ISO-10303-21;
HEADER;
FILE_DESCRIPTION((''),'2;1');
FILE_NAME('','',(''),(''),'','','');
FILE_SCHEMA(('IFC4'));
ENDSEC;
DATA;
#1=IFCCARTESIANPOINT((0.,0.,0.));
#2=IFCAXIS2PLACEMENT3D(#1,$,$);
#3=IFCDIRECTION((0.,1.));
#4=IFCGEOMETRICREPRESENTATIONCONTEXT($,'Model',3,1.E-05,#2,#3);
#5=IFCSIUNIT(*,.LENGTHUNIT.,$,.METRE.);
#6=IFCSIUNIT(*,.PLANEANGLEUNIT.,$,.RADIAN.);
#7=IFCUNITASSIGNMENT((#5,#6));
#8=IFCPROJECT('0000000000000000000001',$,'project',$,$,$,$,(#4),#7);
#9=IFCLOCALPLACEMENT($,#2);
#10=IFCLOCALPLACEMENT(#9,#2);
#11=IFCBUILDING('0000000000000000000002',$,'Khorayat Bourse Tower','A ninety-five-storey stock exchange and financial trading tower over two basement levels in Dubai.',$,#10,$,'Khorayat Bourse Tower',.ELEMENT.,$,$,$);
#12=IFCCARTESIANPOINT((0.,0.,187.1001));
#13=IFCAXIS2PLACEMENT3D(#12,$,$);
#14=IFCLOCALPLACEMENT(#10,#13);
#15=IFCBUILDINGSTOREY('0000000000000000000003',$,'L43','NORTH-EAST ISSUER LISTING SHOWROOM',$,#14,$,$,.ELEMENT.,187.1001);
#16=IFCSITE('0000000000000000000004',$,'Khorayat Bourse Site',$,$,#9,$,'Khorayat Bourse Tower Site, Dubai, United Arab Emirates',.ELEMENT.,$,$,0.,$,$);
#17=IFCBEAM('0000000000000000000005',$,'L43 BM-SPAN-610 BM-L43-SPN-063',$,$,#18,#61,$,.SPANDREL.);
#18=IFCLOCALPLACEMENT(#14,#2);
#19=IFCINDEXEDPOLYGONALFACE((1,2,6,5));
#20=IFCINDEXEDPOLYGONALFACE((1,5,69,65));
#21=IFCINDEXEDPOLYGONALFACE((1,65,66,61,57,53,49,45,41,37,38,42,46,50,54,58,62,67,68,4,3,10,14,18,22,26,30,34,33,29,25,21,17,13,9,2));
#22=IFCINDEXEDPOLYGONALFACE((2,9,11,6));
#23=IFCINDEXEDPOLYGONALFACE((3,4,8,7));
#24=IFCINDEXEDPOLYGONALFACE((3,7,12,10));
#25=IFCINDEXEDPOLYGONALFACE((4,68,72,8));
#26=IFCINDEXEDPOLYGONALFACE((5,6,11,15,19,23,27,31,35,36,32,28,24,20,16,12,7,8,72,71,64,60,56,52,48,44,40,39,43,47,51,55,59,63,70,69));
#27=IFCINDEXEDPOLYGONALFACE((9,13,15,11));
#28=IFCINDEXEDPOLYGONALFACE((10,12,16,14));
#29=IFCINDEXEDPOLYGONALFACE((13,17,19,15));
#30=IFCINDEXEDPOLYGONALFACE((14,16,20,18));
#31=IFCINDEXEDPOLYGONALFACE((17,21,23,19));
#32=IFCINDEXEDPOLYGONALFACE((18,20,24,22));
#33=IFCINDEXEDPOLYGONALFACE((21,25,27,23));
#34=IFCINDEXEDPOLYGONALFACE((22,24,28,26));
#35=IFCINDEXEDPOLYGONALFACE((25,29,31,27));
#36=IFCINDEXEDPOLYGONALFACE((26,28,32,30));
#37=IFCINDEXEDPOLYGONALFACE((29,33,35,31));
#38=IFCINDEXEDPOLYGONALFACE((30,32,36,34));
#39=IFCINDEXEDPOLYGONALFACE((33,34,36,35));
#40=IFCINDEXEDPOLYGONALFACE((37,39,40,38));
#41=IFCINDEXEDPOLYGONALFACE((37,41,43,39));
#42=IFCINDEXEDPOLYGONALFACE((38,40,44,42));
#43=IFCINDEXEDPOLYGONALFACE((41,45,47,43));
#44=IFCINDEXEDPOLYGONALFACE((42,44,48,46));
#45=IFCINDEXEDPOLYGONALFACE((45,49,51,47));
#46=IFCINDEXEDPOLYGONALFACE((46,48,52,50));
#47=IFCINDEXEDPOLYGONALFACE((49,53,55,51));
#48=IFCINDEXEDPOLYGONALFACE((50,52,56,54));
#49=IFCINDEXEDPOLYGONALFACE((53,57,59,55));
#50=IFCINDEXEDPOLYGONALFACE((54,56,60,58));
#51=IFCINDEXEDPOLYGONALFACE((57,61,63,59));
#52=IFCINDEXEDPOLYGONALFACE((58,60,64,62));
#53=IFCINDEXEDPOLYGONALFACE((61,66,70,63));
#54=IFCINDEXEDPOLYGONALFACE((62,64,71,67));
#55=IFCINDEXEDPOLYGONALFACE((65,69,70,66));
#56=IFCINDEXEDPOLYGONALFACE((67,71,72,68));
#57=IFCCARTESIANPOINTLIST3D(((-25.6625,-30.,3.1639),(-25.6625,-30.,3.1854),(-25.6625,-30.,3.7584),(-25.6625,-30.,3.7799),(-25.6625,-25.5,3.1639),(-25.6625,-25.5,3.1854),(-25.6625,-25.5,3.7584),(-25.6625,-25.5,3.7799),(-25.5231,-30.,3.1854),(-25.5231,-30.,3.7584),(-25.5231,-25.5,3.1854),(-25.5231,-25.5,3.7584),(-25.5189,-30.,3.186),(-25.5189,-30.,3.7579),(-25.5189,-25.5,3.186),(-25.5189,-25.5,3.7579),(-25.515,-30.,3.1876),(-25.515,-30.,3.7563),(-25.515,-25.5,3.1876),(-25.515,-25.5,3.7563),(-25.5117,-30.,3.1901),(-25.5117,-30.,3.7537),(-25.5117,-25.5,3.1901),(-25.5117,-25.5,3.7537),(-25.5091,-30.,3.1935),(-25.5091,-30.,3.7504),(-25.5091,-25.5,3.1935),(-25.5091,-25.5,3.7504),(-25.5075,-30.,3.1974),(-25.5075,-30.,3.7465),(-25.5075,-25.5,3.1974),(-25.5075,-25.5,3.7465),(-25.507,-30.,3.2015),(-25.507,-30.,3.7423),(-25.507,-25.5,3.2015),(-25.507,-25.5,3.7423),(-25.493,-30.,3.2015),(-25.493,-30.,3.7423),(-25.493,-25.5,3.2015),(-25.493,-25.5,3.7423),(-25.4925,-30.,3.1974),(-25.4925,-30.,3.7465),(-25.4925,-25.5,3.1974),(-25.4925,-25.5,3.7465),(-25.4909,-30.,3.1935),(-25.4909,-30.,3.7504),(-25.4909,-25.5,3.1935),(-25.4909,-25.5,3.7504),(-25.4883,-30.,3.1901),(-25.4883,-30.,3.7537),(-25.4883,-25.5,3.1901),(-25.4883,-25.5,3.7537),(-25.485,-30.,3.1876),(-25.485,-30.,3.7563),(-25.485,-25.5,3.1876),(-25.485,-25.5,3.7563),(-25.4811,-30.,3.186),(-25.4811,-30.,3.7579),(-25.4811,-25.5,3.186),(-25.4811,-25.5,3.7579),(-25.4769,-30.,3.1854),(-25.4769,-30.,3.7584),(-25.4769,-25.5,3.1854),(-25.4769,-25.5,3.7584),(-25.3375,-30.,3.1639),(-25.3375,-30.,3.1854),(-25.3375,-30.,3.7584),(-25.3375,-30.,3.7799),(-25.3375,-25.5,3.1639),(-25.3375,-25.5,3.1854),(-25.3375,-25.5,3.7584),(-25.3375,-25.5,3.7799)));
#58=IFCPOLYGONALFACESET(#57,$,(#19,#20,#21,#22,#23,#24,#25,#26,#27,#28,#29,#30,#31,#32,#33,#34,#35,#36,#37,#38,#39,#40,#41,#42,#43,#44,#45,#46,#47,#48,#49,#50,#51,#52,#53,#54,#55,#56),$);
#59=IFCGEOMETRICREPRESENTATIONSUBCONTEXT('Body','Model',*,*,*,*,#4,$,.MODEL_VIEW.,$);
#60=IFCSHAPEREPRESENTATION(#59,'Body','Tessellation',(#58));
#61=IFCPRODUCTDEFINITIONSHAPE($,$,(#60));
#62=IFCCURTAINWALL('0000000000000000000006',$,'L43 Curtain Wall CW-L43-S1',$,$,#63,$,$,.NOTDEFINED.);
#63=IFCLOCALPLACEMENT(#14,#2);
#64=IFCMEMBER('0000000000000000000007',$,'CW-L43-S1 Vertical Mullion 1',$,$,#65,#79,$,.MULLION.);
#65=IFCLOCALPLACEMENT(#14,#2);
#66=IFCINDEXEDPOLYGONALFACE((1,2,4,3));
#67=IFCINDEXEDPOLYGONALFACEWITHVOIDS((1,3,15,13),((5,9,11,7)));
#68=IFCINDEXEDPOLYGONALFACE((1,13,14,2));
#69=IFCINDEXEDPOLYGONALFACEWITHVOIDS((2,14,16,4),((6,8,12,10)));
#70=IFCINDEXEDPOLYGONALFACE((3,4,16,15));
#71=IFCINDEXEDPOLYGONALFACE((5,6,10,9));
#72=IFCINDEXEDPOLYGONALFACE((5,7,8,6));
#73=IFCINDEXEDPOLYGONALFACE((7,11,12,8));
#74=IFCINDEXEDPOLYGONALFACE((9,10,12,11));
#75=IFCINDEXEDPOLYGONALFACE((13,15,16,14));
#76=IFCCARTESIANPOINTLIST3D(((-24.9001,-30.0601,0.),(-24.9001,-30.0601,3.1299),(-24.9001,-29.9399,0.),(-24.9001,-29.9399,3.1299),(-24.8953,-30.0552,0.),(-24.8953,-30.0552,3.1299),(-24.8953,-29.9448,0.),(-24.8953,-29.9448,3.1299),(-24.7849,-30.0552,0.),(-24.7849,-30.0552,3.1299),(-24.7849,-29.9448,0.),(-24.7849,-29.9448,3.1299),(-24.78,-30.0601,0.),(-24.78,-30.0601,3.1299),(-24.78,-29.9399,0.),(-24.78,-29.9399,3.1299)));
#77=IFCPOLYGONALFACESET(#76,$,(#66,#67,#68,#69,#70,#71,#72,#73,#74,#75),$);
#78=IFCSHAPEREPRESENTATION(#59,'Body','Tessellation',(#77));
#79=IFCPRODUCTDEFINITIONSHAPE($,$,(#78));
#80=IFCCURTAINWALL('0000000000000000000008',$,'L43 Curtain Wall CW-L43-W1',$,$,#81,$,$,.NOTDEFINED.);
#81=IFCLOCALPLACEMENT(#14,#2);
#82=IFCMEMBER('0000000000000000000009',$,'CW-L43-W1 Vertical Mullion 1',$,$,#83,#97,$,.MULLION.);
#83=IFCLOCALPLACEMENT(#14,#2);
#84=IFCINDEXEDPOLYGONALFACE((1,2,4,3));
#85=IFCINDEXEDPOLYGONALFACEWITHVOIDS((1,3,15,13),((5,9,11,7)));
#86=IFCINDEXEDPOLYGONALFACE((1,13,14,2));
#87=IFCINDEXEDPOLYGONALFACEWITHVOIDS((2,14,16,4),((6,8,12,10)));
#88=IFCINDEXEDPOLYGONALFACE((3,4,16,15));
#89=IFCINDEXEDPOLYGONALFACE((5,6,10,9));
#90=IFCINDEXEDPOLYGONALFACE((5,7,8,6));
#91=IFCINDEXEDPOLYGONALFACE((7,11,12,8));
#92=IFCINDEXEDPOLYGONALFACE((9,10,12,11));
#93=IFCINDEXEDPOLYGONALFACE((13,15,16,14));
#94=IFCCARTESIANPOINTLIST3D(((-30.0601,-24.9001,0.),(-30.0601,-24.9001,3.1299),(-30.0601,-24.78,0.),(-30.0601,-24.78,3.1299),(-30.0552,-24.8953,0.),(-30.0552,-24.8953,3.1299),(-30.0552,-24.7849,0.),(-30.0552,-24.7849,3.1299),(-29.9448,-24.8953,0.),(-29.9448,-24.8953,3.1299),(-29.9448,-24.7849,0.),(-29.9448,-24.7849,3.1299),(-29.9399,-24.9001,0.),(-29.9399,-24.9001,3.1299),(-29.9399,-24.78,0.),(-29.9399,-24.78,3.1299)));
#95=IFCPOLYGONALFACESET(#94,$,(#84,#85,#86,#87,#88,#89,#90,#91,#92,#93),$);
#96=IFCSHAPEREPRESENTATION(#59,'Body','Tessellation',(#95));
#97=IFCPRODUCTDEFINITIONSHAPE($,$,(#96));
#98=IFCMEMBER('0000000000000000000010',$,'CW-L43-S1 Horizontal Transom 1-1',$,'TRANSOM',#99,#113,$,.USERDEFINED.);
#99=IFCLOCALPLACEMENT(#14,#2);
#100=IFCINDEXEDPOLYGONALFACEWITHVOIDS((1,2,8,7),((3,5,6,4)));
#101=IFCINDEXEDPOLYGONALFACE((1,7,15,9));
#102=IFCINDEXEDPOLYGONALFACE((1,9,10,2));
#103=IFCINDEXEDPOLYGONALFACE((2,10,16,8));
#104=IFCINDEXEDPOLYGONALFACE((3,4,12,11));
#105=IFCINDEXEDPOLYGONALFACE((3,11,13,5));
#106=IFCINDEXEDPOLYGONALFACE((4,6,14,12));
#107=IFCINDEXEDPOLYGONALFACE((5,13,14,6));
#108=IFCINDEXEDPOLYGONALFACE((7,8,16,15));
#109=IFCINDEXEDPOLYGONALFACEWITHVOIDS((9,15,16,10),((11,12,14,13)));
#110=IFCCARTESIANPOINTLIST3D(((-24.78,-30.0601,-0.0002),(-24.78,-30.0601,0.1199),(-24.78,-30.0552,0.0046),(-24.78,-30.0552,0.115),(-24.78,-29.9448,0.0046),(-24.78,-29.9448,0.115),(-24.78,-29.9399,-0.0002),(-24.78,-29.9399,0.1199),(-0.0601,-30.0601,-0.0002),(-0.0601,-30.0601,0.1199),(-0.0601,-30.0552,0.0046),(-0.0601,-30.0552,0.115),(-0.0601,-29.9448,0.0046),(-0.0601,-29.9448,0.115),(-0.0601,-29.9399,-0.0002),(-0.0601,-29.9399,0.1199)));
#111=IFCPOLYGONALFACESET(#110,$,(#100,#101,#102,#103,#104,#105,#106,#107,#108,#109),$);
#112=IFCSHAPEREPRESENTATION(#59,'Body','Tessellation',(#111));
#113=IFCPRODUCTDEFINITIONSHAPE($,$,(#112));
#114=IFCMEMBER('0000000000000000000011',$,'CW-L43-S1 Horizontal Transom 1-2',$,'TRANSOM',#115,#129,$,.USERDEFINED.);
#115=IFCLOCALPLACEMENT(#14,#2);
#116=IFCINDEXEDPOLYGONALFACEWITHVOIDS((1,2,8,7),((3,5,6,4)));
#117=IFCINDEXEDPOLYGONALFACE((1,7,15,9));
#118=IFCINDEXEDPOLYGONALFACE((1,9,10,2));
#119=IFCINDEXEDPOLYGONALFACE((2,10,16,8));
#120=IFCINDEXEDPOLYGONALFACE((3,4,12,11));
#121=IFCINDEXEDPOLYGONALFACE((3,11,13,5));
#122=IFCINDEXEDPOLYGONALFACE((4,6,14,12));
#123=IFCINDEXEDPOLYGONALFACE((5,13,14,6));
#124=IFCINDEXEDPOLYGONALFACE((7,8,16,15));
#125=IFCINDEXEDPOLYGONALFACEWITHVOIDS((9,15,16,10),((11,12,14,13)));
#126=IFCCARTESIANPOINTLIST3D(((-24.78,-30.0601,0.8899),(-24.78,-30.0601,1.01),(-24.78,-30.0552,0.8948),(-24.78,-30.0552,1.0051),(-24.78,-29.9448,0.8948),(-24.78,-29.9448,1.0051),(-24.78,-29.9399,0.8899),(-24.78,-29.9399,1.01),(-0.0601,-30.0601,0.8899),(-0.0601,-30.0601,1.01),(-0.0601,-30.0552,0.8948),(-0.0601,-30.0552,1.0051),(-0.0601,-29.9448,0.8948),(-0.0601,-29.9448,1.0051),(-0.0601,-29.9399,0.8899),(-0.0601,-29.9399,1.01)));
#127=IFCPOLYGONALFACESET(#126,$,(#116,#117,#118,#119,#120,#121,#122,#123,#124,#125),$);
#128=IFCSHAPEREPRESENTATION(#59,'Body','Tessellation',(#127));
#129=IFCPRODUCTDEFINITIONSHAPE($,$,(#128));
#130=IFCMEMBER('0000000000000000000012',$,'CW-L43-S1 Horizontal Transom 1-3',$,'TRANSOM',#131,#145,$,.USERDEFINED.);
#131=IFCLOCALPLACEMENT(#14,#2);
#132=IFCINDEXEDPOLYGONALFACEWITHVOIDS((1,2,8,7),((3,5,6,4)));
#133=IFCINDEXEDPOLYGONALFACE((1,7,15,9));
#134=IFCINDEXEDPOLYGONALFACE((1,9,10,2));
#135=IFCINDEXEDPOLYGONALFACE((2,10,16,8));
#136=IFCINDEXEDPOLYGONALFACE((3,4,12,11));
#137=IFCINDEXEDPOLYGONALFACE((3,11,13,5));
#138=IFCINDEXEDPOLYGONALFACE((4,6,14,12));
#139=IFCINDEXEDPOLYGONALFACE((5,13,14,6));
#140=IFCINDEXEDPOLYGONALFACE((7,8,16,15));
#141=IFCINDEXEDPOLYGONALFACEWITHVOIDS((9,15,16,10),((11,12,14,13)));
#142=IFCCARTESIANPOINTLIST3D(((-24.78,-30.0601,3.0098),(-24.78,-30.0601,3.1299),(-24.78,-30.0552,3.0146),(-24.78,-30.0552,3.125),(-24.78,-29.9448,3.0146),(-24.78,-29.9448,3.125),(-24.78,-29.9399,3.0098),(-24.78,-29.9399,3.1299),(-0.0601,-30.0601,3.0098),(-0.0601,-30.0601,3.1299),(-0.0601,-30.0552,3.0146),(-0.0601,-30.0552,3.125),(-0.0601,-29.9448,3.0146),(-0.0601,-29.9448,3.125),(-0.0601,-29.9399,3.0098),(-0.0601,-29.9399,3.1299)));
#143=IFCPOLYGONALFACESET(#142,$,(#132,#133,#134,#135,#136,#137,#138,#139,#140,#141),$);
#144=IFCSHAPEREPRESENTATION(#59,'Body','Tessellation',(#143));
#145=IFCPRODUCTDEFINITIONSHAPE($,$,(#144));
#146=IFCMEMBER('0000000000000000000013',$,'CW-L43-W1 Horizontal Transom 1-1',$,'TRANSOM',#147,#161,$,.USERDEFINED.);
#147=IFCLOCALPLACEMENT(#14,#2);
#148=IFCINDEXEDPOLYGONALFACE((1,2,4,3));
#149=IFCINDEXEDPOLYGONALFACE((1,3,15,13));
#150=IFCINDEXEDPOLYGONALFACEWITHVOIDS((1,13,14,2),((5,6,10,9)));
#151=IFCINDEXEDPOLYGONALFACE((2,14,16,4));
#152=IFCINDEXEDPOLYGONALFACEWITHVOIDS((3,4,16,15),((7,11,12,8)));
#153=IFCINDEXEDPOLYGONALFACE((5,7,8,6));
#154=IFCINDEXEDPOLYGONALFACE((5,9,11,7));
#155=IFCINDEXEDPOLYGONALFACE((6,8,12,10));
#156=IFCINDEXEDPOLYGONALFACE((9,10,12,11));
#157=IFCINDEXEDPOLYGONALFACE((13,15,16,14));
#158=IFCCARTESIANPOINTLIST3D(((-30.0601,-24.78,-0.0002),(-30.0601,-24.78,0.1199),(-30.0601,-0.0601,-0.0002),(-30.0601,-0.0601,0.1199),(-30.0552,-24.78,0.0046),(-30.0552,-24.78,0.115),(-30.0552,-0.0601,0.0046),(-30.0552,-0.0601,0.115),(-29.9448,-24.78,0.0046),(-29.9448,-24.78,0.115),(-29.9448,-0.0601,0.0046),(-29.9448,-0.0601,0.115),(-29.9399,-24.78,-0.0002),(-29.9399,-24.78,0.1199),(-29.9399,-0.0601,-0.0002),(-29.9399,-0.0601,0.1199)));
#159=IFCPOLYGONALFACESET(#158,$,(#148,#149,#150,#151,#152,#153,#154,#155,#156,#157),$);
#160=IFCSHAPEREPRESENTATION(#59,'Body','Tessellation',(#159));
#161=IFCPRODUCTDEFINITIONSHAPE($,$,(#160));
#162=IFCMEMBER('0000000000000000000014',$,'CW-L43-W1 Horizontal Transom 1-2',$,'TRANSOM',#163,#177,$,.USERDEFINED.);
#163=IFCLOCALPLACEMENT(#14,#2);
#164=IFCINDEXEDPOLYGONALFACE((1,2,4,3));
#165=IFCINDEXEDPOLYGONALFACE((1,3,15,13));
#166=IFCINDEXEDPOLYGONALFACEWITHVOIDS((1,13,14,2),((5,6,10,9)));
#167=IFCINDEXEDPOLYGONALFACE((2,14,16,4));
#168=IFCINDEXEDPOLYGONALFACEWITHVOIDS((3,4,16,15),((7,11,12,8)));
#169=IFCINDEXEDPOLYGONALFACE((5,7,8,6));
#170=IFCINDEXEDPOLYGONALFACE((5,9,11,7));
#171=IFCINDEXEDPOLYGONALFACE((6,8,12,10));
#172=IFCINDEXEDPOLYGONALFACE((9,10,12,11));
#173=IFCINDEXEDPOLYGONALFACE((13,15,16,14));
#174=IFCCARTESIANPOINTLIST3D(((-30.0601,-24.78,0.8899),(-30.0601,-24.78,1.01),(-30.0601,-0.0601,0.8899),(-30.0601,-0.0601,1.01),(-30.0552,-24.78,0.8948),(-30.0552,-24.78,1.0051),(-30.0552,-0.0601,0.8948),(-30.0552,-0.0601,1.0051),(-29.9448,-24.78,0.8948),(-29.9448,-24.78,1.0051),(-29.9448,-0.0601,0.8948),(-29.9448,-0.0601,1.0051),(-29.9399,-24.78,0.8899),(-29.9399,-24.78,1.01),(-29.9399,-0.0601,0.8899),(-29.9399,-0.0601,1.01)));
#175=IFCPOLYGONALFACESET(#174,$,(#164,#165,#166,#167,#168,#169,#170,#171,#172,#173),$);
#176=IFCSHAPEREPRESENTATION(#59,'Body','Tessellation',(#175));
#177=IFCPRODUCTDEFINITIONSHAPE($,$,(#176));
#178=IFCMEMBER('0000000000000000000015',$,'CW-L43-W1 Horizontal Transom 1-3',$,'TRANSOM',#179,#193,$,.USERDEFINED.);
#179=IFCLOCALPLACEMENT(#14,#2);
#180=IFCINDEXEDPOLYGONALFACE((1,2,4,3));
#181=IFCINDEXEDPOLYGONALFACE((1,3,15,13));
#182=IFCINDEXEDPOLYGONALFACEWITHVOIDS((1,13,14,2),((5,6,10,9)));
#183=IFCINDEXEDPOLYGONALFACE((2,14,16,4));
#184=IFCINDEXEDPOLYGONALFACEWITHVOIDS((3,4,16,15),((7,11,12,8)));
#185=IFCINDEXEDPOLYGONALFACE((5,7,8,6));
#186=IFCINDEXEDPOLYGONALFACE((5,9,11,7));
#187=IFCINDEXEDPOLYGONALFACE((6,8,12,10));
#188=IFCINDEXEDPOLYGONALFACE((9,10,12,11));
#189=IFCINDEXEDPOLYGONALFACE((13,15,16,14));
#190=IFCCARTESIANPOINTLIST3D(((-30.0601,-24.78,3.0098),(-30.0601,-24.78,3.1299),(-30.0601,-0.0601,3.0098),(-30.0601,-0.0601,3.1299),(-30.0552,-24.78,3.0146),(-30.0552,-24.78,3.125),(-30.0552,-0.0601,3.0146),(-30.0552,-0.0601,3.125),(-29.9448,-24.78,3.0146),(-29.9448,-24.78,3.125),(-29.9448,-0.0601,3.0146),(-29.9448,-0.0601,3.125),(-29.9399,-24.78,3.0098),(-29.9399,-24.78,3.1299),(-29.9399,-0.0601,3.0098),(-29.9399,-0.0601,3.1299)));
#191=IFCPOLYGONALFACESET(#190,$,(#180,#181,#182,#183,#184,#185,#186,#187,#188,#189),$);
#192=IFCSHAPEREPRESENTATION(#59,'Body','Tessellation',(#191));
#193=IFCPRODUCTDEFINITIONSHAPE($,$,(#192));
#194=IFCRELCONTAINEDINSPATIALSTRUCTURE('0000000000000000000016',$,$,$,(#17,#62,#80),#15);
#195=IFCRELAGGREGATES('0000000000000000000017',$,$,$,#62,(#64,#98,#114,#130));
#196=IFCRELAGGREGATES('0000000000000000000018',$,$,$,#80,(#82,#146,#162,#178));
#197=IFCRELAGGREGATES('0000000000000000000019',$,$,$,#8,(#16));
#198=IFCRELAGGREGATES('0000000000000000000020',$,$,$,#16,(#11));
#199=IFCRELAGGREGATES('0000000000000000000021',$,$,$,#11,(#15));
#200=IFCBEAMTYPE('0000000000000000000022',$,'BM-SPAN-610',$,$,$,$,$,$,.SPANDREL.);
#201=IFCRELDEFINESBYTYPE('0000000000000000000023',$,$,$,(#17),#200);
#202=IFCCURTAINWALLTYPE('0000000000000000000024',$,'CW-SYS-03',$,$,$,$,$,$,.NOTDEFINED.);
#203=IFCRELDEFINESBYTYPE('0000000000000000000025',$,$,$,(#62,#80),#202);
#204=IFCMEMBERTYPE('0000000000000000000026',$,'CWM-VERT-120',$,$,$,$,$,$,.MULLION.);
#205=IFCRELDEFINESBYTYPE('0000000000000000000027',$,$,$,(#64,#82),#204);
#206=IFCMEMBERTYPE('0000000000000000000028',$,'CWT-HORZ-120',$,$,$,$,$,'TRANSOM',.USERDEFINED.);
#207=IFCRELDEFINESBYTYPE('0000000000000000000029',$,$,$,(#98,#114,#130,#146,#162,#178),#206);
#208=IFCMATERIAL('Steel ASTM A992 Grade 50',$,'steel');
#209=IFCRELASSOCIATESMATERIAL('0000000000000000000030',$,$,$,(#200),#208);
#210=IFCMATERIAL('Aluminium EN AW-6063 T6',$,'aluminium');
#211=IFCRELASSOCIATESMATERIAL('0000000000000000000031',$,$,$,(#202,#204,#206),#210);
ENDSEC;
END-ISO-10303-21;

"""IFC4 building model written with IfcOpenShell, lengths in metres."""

from ifc_helpers import new_model, si_unit, direction, frame, origin, origin_2d, place, context, subcontext, project, spatial, hollow_rectangle, i_section, extrude, source, transform, mapped, material, material_profile, profile_set, type_object, element, aggregate, save


model = new_model("IFC4")

# Units and contexts
model_context = context("Model", 3, precision=1e-05, world=origin(), true_north=direction((0.0, 1.0)))
body_context = subcontext(model_context, "Body", "Model", "MODEL_VIEW")
ifc_project = project(units=[si_unit("LENGTHUNIT", "METRE"), si_unit("PLANEANGLEUNIT", "RADIAN")], contexts=[model_context])

# Site, building, storey
site_placement = place(None, origin())
site = spatial("IfcSite", under=ifc_project, at=site_placement, Name="Khorayat Bourse Site", LongName="Khorayat Bourse Tower Site, Dubai, United Arab Emirates", CompositionType="ELEMENT", RefElevation=0.0)
building_placement = place(site_placement, origin())
building = spatial("IfcBuilding", under=site, at=building_placement, Name="Khorayat Bourse Tower", Description="A ninety-five-storey stock exchange and financial trading tower over two basement levels in Dubai.", LongName="Khorayat Bourse Tower", CompositionType="ELEMENT")
storey_placement = place(building_placement, frame((0.0, 0.0, 187.1001)))
storey = spatial("IfcBuildingStorey", under=building, at=storey_placement, Name="L43", Description="NORTH-EAST ISSUER LISTING SHOWROOM", CompositionType="ELEMENT", Elevation=187.1001)

# Beam
ifc_material_1 = material(Name="Steel ASTM A992 Grade 50", Category="steel")
ifc_material_profile_1 = material_profile(ifc_material_1, i_section(OverallWidth=0.325, OverallDepth=0.616, WebThickness=0.0139, FlangeThickness=0.0215, FilletRadius=0.0161, at=origin_2d()), Name="W610X174")
ifc_profile_set_1 = profile_set([ifc_material_profile_1], Name="Steel ASTM A992 Grade 50")
beam_type_1 = type_object("IfcBeamType", Name="BM-SPAN-610", PredefinedType="SPANDREL", material=ifc_profile_set_1)
shared_shape_1 = source(origin(), body_context, "Body", "SweptSolid", [
    extrude(i_section(OverallWidth=0.325, OverallDepth=0.616, WebThickness=0.0139, FlangeThickness=0.0215, FilletRadius=0.0161, at=origin_2d()), origin(), (0.0, 0.0, 1.0), 4.5),
])
for number, where, z_axis, x_axis, name in (
    (1, (-25.5, -30.0, 3.4719), (0.0, 1.0, 0.0), (-1.0, 0.0, 0.0), "L43 BM-SPAN-610 BM-L43-SPN-063"),
):
    element("IfcBeam", number, at=place(storey_placement, frame(where, z_axis=z_axis, x_axis=x_axis)), inside=storey, type_object=beam_type_1, Name=name, PredefinedType="SPANDREL", context=body_context, shape_type="MappedRepresentation", body=[
        mapped(shared_shape_1, transform((0.0, 0.0, 0.0), scale=1.0)),
    ])

# Curtain walls, members
ifc_material_2 = material(Name="Aluminium EN AW-6063 T6", Category="aluminium")
curtain_wall_type = type_object("IfcCurtainWallType", Name="CW-SYS-03", PredefinedType="NOTDEFINED", material=ifc_material_2)
curtain_wall_1_placement = place(storey_placement, origin())
curtain_wall_1 = element("IfcCurtainWall", 2, at=curtain_wall_1_placement, inside=storey, type_object=curtain_wall_type, Name="L43 Curtain Wall CW-L43-S1", PredefinedType="NOTDEFINED")
ifc_material_profile_2 = material_profile(ifc_material_2, hollow_rectangle(XDim=0.1201, YDim=0.1201, WallThickness=0.0049, at=origin_2d()), Name="ALU 120x120x5")
ifc_profile_set_2 = profile_set([ifc_material_profile_2], Name="Aluminium EN AW-6063 T6")
member_type_1 = type_object("IfcMemberType", Name="CWM-VERT-120", PredefinedType="MULLION", material=ifc_profile_set_2)
shared_shape_2 = source(origin(), body_context, "Body", "SweptSolid", [
    extrude(hollow_rectangle(XDim=0.1201, YDim=0.1201, WallThickness=0.0049, at=origin_2d()), origin(), (0.0, 0.0, 1.0), 3.1299),
])
member_1_placement = place(storey_placement, frame((-24.8401, -30.0, 0.0), z_axis=(0.0, 0.0, 1.0), x_axis=(0.0, 1.0, 0.0)))
member_1 = element("IfcMember", 3, at=member_1_placement, type_object=member_type_1, Name="CW-L43-S1 Vertical Mullion 1", PredefinedType="MULLION", context=body_context, shape_type="MappedRepresentation", body=[
    mapped(shared_shape_2, transform((0.0, 0.0, 0.0), scale=1.0)),
])
curtain_wall_2_placement = place(storey_placement, origin())
curtain_wall_2 = element("IfcCurtainWall", 4, at=curtain_wall_2_placement, inside=storey, type_object=curtain_wall_type, Name="L43 Curtain Wall CW-L43-W1", PredefinedType="NOTDEFINED")
member_2_placement = place(storey_placement, frame((-30.0, -24.8401, 0.0), z_axis=(0.0, 0.0, 1.0), x_axis=(-1.0, 0.0, 0.0)))
member_2 = element("IfcMember", 5, at=member_2_placement, type_object=member_type_1, Name="CW-L43-W1 Vertical Mullion 1", PredefinedType="MULLION", context=body_context, shape_type="MappedRepresentation", body=[
    mapped(shared_shape_2, transform((0.0, 0.0, 0.0), scale=1.0)),
])

# Members
ifc_material_profile_3 = material_profile(ifc_material_2, hollow_rectangle(XDim=0.1201, YDim=0.1201, WallThickness=0.0049, at=origin_2d()), Name="ALU 120x120x5")
ifc_profile_set_3 = profile_set([ifc_material_profile_3], Name="Aluminium EN AW-6063 T6")
member_type_2 = type_object("IfcMemberType", Name="CWT-HORZ-120", ElementType="TRANSOM", PredefinedType="USERDEFINED", material=ifc_profile_set_3)
shared_shape_3 = source(origin(), body_context, "Body", "SweptSolid", [
    extrude(hollow_rectangle(XDim=0.1201, YDim=0.1201, WallThickness=0.0049, at=origin_2d()), origin(), (0.0, 0.0, 1.0), 24.72),
])
member_3_placement = place(storey_placement, frame((-24.78, -30.0, 0.0598), z_axis=(1.0, 0.0, 0.0), x_axis=(0.0, 1.0, 0.0)))
member_3 = element("IfcMember", 6, at=member_3_placement, type_object=member_type_2, Name="CW-L43-S1 Horizontal Transom 1-1", ObjectType="TRANSOM", PredefinedType="USERDEFINED", context=body_context, shape_type="MappedRepresentation", body=[
    mapped(shared_shape_3, transform((0.0, 0.0, 0.0), scale=1.0)),
])
member_4_placement = place(storey_placement, frame((-24.78, -30.0, 0.95), z_axis=(1.0, 0.0, 0.0), x_axis=(0.0, 1.0, 0.0)))
member_4 = element("IfcMember", 7, at=member_4_placement, type_object=member_type_2, Name="CW-L43-S1 Horizontal Transom 1-2", ObjectType="TRANSOM", PredefinedType="USERDEFINED", context=body_context, shape_type="MappedRepresentation", body=[
    mapped(shared_shape_3, transform((0.0, 0.0, 0.0), scale=1.0)),
])
member_5_placement = place(storey_placement, frame((-24.78, -30.0, 3.0698), z_axis=(1.0, 0.0, 0.0), x_axis=(0.0, 1.0, 0.0)))
member_5 = element("IfcMember", 8, at=member_5_placement, type_object=member_type_2, Name="CW-L43-S1 Horizontal Transom 1-3", ObjectType="TRANSOM", PredefinedType="USERDEFINED", context=body_context, shape_type="MappedRepresentation", body=[
    mapped(shared_shape_3, transform((0.0, 0.0, 0.0), scale=1.0)),
])
aggregate(curtain_wall_1, [member_1, member_3, member_4, member_5])
member_6_placement = place(storey_placement, frame((-30.0, -24.78, 0.0598), z_axis=(0.0, 1.0, 0.0), x_axis=(-1.0, 0.0, 0.0)))
member_6 = element("IfcMember", 9, at=member_6_placement, type_object=member_type_2, Name="CW-L43-W1 Horizontal Transom 1-1", ObjectType="TRANSOM", PredefinedType="USERDEFINED", context=body_context, shape_type="MappedRepresentation", body=[
    mapped(shared_shape_3, transform((0.0, 0.0, 0.0), scale=1.0)),
])
member_7_placement = place(storey_placement, frame((-30.0, -24.78, 0.95), z_axis=(0.0, 1.0, 0.0), x_axis=(-1.0, 0.0, 0.0)))
member_7 = element("IfcMember", 10, at=member_7_placement, type_object=member_type_2, Name="CW-L43-W1 Horizontal Transom 1-2", ObjectType="TRANSOM", PredefinedType="USERDEFINED", context=body_context, shape_type="MappedRepresentation", body=[
    mapped(shared_shape_3, transform((0.0, 0.0, 0.0), scale=1.0)),
])
member_8_placement = place(storey_placement, frame((-30.0, -24.78, 3.0698), z_axis=(0.0, 1.0, 0.0), x_axis=(-1.0, 0.0, 0.0)))
member_8 = element("IfcMember", 11, at=member_8_placement, type_object=member_type_2, Name="CW-L43-W1 Horizontal Transom 1-3", ObjectType="TRANSOM", PredefinedType="USERDEFINED", context=body_context, shape_type="MappedRepresentation", body=[
    mapped(shared_shape_3, transform((0.0, 0.0, 0.0), scale=1.0)),
])
aggregate(curtain_wall_2, [member_2, member_6, member_7, member_8])

save(model, "model.ifc")
